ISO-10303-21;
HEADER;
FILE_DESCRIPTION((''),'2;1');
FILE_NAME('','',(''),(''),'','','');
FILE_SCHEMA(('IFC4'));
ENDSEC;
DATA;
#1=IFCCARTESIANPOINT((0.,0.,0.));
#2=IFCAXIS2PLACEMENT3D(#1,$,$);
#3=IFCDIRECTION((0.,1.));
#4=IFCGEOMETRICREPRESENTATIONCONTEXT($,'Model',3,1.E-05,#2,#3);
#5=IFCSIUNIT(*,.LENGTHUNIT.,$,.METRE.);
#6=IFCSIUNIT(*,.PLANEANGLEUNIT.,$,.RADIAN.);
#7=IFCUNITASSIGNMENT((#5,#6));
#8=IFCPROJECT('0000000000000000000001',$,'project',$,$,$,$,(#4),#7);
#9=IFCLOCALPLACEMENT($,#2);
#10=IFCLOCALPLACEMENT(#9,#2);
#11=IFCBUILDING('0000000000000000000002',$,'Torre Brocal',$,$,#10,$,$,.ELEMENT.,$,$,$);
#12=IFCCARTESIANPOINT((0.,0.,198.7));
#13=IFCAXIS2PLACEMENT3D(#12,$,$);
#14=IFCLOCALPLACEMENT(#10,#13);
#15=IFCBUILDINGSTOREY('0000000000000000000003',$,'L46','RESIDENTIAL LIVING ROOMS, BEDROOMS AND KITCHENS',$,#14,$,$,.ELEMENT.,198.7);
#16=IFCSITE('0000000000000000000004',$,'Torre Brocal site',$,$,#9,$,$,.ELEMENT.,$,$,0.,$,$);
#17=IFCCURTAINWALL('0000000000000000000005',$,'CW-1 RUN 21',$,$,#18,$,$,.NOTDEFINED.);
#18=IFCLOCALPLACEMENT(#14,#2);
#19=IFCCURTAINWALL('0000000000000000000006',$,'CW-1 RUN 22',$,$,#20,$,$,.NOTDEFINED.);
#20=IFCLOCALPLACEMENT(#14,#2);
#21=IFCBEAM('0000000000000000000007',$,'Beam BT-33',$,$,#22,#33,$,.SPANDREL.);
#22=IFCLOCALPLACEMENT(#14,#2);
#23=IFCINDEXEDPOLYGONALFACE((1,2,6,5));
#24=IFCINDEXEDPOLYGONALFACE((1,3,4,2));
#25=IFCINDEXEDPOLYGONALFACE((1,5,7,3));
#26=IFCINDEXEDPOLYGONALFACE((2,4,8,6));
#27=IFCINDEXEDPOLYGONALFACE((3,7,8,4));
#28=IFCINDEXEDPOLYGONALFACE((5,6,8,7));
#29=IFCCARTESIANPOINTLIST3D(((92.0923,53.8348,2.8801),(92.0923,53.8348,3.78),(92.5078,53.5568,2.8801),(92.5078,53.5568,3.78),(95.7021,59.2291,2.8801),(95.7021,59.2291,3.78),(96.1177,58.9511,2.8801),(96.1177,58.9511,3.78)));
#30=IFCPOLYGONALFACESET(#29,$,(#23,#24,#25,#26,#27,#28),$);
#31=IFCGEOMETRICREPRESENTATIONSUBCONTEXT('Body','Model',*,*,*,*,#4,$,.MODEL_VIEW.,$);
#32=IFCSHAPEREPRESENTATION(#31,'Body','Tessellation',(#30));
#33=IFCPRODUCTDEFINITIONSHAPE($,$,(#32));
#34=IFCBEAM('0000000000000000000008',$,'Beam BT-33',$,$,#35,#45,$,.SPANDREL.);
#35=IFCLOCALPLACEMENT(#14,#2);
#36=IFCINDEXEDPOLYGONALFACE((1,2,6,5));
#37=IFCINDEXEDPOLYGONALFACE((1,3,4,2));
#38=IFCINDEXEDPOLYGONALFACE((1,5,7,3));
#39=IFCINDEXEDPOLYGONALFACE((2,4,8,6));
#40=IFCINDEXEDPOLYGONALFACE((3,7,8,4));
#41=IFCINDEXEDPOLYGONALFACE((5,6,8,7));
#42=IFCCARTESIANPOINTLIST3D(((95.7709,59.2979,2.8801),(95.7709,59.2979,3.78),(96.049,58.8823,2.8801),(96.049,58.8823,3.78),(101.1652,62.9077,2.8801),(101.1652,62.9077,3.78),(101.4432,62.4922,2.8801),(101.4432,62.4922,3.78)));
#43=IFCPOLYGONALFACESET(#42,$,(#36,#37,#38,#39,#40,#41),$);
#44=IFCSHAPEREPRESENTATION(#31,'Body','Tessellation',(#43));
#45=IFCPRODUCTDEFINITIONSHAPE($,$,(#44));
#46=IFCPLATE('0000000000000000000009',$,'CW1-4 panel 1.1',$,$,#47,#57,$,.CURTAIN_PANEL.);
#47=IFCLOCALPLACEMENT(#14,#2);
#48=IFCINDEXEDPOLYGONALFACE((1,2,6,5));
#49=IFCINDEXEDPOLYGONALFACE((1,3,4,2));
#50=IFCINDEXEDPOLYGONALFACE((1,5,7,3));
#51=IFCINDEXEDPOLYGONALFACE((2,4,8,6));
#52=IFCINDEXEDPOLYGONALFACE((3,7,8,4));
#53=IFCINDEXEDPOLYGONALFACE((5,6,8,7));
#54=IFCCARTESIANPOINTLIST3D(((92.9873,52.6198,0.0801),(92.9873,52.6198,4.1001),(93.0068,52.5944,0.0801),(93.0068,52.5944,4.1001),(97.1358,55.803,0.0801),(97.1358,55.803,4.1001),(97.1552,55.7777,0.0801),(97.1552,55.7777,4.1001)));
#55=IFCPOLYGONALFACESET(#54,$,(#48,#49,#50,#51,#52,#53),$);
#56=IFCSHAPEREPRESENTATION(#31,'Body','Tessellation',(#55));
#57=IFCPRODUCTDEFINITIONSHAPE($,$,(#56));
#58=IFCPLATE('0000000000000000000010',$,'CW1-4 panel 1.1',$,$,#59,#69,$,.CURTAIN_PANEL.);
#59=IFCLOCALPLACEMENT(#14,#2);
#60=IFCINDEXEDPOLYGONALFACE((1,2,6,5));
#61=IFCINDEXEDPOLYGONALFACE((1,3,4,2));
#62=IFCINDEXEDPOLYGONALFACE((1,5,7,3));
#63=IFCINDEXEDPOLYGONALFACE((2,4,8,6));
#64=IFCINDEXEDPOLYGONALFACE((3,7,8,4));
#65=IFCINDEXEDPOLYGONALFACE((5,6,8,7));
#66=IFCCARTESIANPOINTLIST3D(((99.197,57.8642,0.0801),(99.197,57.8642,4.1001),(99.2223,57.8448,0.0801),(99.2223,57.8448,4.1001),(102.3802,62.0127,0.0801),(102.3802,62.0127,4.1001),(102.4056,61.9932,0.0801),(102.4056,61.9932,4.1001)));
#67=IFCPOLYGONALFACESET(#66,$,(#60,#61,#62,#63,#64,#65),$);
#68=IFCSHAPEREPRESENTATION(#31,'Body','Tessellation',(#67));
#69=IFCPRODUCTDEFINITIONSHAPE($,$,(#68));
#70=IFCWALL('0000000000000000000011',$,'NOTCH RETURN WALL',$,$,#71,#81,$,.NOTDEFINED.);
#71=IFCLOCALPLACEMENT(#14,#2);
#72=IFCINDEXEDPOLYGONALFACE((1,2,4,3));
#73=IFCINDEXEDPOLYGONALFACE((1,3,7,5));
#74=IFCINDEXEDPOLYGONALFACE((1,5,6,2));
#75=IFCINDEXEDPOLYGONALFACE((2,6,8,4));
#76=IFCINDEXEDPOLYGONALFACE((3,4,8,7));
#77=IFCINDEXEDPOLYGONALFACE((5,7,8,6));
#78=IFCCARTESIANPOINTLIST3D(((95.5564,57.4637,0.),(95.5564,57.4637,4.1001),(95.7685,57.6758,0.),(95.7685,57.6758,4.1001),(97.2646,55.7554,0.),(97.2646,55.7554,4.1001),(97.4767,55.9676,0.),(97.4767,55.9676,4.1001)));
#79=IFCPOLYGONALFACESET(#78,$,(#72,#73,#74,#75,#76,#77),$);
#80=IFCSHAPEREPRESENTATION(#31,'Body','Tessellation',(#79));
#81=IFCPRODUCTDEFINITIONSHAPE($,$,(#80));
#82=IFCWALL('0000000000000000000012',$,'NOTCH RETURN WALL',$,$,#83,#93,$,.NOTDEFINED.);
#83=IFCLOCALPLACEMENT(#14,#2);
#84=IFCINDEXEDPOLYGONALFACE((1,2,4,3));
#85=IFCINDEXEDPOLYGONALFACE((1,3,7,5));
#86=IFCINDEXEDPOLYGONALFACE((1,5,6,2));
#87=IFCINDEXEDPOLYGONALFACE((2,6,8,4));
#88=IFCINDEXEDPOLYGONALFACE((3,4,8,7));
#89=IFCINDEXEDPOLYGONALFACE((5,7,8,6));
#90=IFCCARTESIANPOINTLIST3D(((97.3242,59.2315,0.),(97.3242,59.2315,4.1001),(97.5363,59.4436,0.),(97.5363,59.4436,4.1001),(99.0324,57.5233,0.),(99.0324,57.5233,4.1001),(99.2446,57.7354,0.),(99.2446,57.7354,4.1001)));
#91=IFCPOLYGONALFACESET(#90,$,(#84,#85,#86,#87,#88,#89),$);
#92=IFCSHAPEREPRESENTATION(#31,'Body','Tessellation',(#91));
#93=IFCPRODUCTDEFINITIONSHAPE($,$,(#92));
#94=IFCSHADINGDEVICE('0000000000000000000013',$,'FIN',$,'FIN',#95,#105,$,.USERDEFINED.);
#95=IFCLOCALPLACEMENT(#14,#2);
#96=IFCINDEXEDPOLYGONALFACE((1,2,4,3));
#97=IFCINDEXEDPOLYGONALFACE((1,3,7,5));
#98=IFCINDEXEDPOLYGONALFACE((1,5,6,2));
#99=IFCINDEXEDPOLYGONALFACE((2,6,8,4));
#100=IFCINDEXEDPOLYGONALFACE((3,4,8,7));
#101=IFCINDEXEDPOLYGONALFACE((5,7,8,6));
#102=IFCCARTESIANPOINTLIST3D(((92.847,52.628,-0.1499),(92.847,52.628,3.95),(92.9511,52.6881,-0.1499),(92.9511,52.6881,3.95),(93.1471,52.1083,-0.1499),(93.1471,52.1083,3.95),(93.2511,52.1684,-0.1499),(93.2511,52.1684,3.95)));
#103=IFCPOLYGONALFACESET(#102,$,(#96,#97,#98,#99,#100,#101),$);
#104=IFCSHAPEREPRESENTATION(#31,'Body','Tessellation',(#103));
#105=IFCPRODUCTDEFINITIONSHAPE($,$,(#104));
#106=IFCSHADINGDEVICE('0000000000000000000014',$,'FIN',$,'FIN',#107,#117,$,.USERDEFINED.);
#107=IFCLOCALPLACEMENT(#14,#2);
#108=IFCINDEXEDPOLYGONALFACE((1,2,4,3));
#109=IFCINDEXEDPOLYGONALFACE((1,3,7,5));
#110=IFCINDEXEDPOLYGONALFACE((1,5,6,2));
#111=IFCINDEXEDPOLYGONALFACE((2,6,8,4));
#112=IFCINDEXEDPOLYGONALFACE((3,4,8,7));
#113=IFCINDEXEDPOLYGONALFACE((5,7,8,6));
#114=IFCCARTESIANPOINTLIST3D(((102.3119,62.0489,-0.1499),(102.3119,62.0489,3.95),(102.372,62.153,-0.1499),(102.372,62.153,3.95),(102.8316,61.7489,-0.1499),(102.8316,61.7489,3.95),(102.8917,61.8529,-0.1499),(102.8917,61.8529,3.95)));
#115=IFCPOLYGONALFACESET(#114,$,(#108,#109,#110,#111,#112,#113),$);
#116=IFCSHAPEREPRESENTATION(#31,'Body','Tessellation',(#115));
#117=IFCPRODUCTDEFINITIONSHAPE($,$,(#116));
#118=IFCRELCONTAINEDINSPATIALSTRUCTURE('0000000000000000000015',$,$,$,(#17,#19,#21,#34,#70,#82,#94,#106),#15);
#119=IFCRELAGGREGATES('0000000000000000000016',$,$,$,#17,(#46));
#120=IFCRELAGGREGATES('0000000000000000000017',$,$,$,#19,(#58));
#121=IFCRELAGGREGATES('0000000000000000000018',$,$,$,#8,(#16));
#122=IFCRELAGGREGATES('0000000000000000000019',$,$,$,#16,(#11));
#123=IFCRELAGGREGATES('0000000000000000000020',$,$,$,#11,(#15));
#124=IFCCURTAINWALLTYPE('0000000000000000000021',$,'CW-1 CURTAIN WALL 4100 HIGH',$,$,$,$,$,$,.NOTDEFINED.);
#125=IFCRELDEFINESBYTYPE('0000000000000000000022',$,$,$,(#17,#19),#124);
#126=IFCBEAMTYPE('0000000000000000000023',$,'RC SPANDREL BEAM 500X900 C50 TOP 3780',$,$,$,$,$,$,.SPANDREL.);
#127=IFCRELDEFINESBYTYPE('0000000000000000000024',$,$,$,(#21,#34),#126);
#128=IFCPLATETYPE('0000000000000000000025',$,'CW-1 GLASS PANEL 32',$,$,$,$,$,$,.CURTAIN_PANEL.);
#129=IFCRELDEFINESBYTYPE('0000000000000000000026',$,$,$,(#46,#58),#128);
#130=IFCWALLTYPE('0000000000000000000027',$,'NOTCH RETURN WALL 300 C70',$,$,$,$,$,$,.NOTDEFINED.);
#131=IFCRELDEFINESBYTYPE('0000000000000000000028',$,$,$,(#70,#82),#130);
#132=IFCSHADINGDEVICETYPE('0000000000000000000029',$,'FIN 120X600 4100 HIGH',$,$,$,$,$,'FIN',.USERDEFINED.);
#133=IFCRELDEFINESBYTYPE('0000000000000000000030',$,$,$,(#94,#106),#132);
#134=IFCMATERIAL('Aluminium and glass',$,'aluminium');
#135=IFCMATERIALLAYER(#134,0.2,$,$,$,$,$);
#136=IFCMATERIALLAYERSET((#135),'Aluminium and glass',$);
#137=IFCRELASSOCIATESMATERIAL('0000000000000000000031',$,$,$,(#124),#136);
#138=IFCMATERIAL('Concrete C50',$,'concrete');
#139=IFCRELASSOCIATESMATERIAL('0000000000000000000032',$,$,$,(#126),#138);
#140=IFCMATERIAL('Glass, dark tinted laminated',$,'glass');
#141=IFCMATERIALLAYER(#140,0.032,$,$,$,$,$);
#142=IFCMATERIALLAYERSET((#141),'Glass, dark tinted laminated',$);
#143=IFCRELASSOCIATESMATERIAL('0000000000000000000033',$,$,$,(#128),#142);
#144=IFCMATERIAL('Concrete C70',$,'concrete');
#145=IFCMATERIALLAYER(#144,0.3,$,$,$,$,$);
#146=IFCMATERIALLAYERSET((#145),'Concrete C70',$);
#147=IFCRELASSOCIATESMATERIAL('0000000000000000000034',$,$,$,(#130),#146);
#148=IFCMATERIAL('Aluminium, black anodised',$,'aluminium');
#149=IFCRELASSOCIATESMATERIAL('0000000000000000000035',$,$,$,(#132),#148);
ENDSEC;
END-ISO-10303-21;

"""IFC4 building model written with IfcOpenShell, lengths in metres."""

from ifc_helpers import new_model, si_unit, direction, frame, frame_2d, origin, origin_2d, place, context, subcontext, project, spatial, rectangle, extrude, material, layer, layer_set, material_profile, profile_set, type_object, element, aggregate, save


model = new_model("IFC4")

# Units and contexts
model_context = context("Model", 3, precision=1e-05, world=origin(), true_north=direction((0.0, 1.0)))
body_context = subcontext(model_context, "Body", "Model", "MODEL_VIEW")
ifc_project = project(units=[si_unit("LENGTHUNIT", "METRE"), si_unit("PLANEANGLEUNIT", "RADIAN")], contexts=[model_context])

# Site, building, storey
site_placement = place(None, origin())
site = spatial("IfcSite", under=ifc_project, at=site_placement, Name="Torre Brocal site", CompositionType="ELEMENT", RefElevation=0.0)
building_placement = place(site_placement, origin())
building = spatial("IfcBuilding", under=site, at=building_placement, Name="Torre Brocal", CompositionType="ELEMENT")
storey_placement = place(building_placement, frame((0.0, 0.0, 198.7)))
storey = spatial("IfcBuildingStorey", under=building, at=storey_placement, Name="L46", Description="RESIDENTIAL LIVING ROOMS, BEDROOMS AND KITCHENS", CompositionType="ELEMENT", Elevation=198.7)

# Shared definitions
ifc_material_1 = material(Name="Aluminium and glass", Category="aluminium")
ifc_layer_1 = layer(ifc_material_1, 0.2)
ifc_layer_set_1 = layer_set([ifc_layer_1], Name="Aluminium and glass")
curtain_wall_type = type_object("IfcCurtainWallType", Name="CW-1 CURTAIN WALL 4100 HIGH", PredefinedType="NOTDEFINED", material=ifc_layer_set_1)

# Curtain walls
curtain_wall_1_placement = place(storey_placement, origin())
curtain_wall_1 = element("IfcCurtainWall", 1, at=curtain_wall_1_placement, inside=storey, type_object=curtain_wall_type, Name="CW-1 RUN 21", PredefinedType="NOTDEFINED")
curtain_wall_2_placement = place(storey_placement, origin())
curtain_wall_2 = element("IfcCurtainWall", 2, at=curtain_wall_2_placement, inside=storey, type_object=curtain_wall_type, Name="CW-1 RUN 22", PredefinedType="NOTDEFINED")

# Beams
ifc_material_2 = material(Name="Concrete C50", Category="concrete")
ifc_material_profile_1 = material_profile(ifc_material_2, rectangle(XDim=0.5, YDim=0.8999, at=origin_2d()), Name="RC 500X900")
ifc_profile_set_1 = profile_set([ifc_material_profile_1], Name="Concrete C50")
beam_type_1 = type_object("IfcBeamType", Name="RC SPANDREL BEAM 500X900 C50 TOP 3780", PredefinedType="SPANDREL", material=ifc_profile_set_1)
for number, where, z_axis, x_axis, name in (
    (3, (92.3, 53.6958, 3.3301), (0.556158, 0.831077, 0.0), (-0.831077, 0.556158, 0.0), "Beam BT-33"),
    (4, (95.9099, 59.0901, 3.3301), (0.831077, 0.556158, 0.0), (-0.556158, 0.831077, 0.0), "Beam BT-33"),
):
    element("IfcBeam", number, at=place(storey_placement, frame(where, z_axis=z_axis, x_axis=x_axis)), inside=storey, type_object=beam_type_1, Name=name, PredefinedType="SPANDREL", context=body_context, shape_type="SweptSolid", body=[
        extrude(rectangle(XDim=0.5, YDim=0.8999, at=origin_2d()), origin(), (0.0, 0.0, 1.0), 6.4907),
    ])

# Plates
ifc_material_3 = material(Name="Glass, dark tinted laminated", Category="glass")
ifc_layer_2 = layer(ifc_material_3, 0.032)
ifc_layer_set_2 = layer_set([ifc_layer_2], Name="Glass, dark tinted laminated")
plate_type = type_object("IfcPlateType", Name="CW-1 GLASS PANEL 32", PredefinedType="CURTAIN_PANEL", material=ifc_layer_set_2)
plate_1_placement = place(storey_placement, frame((95.0713, 54.1987, 0.0801), z_axis=(0.0, 0.0, 1.0), x_axis=(0.793353, 0.608761, 0.0)))
plate_1 = element("IfcPlate", 5, at=plate_1_placement, type_object=plate_type, Name="CW1-4 panel 1.1", PredefinedType="CURTAIN_PANEL", context=body_context, shape_type="SweptSolid", body=[
    extrude(rectangle(XDim=5.229, YDim=0.032, at=origin_2d()), origin(), (0.0, 0.0, 1.0), 4.02),
])
aggregate(curtain_wall_1, [plate_1])
plate_2_placement = place(storey_placement, frame((100.8013, 59.9287, 0.0801), z_axis=(0.0, 0.0, 1.0), x_axis=(0.608761, 0.793353, 0.0)))
plate_2 = element("IfcPlate", 6, at=plate_2_placement, type_object=plate_type, Name="CW1-4 panel 1.1", PredefinedType="CURTAIN_PANEL", context=body_context, shape_type="SweptSolid", body=[
    extrude(rectangle(XDim=5.229, YDim=0.032, at=origin_2d()), origin(), (0.0, 0.0, 1.0), 4.02),
])
aggregate(curtain_wall_2, [plate_2])

# Walls
ifc_material_4 = material(Name="Concrete C70", Category="concrete")
ifc_layer_3 = layer(ifc_material_4, 0.3)
ifc_layer_set_3 = layer_set([ifc_layer_3], Name="Concrete C70")
wall_type = type_object("IfcWallType", Name="NOTCH RETURN WALL 300 C70", PredefinedType="NOTDEFINED", material=ifc_layer_set_3)
for number, where, z_axis, x_axis, name in (
    (7, (95.6624, 57.5698, 0.0), (0.0, 0.0, 1.0), (0.707107, -0.707107, 0.0), "NOTCH RETURN WALL"),
    (8, (97.4302, 59.3376, 0.0), (0.0, 0.0, 1.0), (0.707107, -0.707107, 0.0), "NOTCH RETURN WALL"),
):
    element("IfcWall", number, at=place(storey_placement, frame(where, z_axis=z_axis, x_axis=x_axis)), inside=storey, type_object=wall_type, Name=name, PredefinedType="NOTDEFINED", context=body_context, shape_type="SweptSolid", body=[
        extrude(rectangle(XDim=2.4158, YDim=0.3, at=frame_2d((1.208, 0.0))), origin(), (0.0, 0.0, 1.0), 4.1001),
    ])

# Shading devices
ifc_material_5 = material(Name="Aluminium, black anodised", Category="aluminium")
ifc_material_profile_2 = material_profile(ifc_material_5, rectangle(XDim=0.1201, YDim=0.6001, at=origin_2d()), Name="FIN 120X600 4100 HIGH")
ifc_profile_set_2 = profile_set([ifc_material_profile_2], Name="Aluminium, black anodised")
shading_device_type = type_object("IfcShadingDeviceType", Name="FIN 120X600 4100 HIGH", ElementType="FIN", PredefinedType="USERDEFINED", material=ifc_profile_set_2)
for number, where, z_axis, x_axis, name in (
    (9, (93.0491, 52.3982, -0.1499), (0.0, 0.0, 1.0), (0.866025, 0.5, 0.0), "FIN"),
    (10, (102.6018, 61.9509, -0.1499), (0.0, 0.0, 1.0), (0.5, 0.866025, 0.0), "FIN"),
):
    element("IfcShadingDevice", number, at=place(storey_placement, frame(where, z_axis=z_axis, x_axis=x_axis)), inside=storey, type_object=shading_device_type, Name=name, ObjectType="FIN", PredefinedType="USERDEFINED", context=body_context, shape_type="SweptSolid", body=[
        extrude(rectangle(XDim=0.1201, YDim=0.6001, at=origin_2d()), origin(), (0.0, 0.0, 1.0), 4.0999),
    ])

save(model, "model.ifc")
